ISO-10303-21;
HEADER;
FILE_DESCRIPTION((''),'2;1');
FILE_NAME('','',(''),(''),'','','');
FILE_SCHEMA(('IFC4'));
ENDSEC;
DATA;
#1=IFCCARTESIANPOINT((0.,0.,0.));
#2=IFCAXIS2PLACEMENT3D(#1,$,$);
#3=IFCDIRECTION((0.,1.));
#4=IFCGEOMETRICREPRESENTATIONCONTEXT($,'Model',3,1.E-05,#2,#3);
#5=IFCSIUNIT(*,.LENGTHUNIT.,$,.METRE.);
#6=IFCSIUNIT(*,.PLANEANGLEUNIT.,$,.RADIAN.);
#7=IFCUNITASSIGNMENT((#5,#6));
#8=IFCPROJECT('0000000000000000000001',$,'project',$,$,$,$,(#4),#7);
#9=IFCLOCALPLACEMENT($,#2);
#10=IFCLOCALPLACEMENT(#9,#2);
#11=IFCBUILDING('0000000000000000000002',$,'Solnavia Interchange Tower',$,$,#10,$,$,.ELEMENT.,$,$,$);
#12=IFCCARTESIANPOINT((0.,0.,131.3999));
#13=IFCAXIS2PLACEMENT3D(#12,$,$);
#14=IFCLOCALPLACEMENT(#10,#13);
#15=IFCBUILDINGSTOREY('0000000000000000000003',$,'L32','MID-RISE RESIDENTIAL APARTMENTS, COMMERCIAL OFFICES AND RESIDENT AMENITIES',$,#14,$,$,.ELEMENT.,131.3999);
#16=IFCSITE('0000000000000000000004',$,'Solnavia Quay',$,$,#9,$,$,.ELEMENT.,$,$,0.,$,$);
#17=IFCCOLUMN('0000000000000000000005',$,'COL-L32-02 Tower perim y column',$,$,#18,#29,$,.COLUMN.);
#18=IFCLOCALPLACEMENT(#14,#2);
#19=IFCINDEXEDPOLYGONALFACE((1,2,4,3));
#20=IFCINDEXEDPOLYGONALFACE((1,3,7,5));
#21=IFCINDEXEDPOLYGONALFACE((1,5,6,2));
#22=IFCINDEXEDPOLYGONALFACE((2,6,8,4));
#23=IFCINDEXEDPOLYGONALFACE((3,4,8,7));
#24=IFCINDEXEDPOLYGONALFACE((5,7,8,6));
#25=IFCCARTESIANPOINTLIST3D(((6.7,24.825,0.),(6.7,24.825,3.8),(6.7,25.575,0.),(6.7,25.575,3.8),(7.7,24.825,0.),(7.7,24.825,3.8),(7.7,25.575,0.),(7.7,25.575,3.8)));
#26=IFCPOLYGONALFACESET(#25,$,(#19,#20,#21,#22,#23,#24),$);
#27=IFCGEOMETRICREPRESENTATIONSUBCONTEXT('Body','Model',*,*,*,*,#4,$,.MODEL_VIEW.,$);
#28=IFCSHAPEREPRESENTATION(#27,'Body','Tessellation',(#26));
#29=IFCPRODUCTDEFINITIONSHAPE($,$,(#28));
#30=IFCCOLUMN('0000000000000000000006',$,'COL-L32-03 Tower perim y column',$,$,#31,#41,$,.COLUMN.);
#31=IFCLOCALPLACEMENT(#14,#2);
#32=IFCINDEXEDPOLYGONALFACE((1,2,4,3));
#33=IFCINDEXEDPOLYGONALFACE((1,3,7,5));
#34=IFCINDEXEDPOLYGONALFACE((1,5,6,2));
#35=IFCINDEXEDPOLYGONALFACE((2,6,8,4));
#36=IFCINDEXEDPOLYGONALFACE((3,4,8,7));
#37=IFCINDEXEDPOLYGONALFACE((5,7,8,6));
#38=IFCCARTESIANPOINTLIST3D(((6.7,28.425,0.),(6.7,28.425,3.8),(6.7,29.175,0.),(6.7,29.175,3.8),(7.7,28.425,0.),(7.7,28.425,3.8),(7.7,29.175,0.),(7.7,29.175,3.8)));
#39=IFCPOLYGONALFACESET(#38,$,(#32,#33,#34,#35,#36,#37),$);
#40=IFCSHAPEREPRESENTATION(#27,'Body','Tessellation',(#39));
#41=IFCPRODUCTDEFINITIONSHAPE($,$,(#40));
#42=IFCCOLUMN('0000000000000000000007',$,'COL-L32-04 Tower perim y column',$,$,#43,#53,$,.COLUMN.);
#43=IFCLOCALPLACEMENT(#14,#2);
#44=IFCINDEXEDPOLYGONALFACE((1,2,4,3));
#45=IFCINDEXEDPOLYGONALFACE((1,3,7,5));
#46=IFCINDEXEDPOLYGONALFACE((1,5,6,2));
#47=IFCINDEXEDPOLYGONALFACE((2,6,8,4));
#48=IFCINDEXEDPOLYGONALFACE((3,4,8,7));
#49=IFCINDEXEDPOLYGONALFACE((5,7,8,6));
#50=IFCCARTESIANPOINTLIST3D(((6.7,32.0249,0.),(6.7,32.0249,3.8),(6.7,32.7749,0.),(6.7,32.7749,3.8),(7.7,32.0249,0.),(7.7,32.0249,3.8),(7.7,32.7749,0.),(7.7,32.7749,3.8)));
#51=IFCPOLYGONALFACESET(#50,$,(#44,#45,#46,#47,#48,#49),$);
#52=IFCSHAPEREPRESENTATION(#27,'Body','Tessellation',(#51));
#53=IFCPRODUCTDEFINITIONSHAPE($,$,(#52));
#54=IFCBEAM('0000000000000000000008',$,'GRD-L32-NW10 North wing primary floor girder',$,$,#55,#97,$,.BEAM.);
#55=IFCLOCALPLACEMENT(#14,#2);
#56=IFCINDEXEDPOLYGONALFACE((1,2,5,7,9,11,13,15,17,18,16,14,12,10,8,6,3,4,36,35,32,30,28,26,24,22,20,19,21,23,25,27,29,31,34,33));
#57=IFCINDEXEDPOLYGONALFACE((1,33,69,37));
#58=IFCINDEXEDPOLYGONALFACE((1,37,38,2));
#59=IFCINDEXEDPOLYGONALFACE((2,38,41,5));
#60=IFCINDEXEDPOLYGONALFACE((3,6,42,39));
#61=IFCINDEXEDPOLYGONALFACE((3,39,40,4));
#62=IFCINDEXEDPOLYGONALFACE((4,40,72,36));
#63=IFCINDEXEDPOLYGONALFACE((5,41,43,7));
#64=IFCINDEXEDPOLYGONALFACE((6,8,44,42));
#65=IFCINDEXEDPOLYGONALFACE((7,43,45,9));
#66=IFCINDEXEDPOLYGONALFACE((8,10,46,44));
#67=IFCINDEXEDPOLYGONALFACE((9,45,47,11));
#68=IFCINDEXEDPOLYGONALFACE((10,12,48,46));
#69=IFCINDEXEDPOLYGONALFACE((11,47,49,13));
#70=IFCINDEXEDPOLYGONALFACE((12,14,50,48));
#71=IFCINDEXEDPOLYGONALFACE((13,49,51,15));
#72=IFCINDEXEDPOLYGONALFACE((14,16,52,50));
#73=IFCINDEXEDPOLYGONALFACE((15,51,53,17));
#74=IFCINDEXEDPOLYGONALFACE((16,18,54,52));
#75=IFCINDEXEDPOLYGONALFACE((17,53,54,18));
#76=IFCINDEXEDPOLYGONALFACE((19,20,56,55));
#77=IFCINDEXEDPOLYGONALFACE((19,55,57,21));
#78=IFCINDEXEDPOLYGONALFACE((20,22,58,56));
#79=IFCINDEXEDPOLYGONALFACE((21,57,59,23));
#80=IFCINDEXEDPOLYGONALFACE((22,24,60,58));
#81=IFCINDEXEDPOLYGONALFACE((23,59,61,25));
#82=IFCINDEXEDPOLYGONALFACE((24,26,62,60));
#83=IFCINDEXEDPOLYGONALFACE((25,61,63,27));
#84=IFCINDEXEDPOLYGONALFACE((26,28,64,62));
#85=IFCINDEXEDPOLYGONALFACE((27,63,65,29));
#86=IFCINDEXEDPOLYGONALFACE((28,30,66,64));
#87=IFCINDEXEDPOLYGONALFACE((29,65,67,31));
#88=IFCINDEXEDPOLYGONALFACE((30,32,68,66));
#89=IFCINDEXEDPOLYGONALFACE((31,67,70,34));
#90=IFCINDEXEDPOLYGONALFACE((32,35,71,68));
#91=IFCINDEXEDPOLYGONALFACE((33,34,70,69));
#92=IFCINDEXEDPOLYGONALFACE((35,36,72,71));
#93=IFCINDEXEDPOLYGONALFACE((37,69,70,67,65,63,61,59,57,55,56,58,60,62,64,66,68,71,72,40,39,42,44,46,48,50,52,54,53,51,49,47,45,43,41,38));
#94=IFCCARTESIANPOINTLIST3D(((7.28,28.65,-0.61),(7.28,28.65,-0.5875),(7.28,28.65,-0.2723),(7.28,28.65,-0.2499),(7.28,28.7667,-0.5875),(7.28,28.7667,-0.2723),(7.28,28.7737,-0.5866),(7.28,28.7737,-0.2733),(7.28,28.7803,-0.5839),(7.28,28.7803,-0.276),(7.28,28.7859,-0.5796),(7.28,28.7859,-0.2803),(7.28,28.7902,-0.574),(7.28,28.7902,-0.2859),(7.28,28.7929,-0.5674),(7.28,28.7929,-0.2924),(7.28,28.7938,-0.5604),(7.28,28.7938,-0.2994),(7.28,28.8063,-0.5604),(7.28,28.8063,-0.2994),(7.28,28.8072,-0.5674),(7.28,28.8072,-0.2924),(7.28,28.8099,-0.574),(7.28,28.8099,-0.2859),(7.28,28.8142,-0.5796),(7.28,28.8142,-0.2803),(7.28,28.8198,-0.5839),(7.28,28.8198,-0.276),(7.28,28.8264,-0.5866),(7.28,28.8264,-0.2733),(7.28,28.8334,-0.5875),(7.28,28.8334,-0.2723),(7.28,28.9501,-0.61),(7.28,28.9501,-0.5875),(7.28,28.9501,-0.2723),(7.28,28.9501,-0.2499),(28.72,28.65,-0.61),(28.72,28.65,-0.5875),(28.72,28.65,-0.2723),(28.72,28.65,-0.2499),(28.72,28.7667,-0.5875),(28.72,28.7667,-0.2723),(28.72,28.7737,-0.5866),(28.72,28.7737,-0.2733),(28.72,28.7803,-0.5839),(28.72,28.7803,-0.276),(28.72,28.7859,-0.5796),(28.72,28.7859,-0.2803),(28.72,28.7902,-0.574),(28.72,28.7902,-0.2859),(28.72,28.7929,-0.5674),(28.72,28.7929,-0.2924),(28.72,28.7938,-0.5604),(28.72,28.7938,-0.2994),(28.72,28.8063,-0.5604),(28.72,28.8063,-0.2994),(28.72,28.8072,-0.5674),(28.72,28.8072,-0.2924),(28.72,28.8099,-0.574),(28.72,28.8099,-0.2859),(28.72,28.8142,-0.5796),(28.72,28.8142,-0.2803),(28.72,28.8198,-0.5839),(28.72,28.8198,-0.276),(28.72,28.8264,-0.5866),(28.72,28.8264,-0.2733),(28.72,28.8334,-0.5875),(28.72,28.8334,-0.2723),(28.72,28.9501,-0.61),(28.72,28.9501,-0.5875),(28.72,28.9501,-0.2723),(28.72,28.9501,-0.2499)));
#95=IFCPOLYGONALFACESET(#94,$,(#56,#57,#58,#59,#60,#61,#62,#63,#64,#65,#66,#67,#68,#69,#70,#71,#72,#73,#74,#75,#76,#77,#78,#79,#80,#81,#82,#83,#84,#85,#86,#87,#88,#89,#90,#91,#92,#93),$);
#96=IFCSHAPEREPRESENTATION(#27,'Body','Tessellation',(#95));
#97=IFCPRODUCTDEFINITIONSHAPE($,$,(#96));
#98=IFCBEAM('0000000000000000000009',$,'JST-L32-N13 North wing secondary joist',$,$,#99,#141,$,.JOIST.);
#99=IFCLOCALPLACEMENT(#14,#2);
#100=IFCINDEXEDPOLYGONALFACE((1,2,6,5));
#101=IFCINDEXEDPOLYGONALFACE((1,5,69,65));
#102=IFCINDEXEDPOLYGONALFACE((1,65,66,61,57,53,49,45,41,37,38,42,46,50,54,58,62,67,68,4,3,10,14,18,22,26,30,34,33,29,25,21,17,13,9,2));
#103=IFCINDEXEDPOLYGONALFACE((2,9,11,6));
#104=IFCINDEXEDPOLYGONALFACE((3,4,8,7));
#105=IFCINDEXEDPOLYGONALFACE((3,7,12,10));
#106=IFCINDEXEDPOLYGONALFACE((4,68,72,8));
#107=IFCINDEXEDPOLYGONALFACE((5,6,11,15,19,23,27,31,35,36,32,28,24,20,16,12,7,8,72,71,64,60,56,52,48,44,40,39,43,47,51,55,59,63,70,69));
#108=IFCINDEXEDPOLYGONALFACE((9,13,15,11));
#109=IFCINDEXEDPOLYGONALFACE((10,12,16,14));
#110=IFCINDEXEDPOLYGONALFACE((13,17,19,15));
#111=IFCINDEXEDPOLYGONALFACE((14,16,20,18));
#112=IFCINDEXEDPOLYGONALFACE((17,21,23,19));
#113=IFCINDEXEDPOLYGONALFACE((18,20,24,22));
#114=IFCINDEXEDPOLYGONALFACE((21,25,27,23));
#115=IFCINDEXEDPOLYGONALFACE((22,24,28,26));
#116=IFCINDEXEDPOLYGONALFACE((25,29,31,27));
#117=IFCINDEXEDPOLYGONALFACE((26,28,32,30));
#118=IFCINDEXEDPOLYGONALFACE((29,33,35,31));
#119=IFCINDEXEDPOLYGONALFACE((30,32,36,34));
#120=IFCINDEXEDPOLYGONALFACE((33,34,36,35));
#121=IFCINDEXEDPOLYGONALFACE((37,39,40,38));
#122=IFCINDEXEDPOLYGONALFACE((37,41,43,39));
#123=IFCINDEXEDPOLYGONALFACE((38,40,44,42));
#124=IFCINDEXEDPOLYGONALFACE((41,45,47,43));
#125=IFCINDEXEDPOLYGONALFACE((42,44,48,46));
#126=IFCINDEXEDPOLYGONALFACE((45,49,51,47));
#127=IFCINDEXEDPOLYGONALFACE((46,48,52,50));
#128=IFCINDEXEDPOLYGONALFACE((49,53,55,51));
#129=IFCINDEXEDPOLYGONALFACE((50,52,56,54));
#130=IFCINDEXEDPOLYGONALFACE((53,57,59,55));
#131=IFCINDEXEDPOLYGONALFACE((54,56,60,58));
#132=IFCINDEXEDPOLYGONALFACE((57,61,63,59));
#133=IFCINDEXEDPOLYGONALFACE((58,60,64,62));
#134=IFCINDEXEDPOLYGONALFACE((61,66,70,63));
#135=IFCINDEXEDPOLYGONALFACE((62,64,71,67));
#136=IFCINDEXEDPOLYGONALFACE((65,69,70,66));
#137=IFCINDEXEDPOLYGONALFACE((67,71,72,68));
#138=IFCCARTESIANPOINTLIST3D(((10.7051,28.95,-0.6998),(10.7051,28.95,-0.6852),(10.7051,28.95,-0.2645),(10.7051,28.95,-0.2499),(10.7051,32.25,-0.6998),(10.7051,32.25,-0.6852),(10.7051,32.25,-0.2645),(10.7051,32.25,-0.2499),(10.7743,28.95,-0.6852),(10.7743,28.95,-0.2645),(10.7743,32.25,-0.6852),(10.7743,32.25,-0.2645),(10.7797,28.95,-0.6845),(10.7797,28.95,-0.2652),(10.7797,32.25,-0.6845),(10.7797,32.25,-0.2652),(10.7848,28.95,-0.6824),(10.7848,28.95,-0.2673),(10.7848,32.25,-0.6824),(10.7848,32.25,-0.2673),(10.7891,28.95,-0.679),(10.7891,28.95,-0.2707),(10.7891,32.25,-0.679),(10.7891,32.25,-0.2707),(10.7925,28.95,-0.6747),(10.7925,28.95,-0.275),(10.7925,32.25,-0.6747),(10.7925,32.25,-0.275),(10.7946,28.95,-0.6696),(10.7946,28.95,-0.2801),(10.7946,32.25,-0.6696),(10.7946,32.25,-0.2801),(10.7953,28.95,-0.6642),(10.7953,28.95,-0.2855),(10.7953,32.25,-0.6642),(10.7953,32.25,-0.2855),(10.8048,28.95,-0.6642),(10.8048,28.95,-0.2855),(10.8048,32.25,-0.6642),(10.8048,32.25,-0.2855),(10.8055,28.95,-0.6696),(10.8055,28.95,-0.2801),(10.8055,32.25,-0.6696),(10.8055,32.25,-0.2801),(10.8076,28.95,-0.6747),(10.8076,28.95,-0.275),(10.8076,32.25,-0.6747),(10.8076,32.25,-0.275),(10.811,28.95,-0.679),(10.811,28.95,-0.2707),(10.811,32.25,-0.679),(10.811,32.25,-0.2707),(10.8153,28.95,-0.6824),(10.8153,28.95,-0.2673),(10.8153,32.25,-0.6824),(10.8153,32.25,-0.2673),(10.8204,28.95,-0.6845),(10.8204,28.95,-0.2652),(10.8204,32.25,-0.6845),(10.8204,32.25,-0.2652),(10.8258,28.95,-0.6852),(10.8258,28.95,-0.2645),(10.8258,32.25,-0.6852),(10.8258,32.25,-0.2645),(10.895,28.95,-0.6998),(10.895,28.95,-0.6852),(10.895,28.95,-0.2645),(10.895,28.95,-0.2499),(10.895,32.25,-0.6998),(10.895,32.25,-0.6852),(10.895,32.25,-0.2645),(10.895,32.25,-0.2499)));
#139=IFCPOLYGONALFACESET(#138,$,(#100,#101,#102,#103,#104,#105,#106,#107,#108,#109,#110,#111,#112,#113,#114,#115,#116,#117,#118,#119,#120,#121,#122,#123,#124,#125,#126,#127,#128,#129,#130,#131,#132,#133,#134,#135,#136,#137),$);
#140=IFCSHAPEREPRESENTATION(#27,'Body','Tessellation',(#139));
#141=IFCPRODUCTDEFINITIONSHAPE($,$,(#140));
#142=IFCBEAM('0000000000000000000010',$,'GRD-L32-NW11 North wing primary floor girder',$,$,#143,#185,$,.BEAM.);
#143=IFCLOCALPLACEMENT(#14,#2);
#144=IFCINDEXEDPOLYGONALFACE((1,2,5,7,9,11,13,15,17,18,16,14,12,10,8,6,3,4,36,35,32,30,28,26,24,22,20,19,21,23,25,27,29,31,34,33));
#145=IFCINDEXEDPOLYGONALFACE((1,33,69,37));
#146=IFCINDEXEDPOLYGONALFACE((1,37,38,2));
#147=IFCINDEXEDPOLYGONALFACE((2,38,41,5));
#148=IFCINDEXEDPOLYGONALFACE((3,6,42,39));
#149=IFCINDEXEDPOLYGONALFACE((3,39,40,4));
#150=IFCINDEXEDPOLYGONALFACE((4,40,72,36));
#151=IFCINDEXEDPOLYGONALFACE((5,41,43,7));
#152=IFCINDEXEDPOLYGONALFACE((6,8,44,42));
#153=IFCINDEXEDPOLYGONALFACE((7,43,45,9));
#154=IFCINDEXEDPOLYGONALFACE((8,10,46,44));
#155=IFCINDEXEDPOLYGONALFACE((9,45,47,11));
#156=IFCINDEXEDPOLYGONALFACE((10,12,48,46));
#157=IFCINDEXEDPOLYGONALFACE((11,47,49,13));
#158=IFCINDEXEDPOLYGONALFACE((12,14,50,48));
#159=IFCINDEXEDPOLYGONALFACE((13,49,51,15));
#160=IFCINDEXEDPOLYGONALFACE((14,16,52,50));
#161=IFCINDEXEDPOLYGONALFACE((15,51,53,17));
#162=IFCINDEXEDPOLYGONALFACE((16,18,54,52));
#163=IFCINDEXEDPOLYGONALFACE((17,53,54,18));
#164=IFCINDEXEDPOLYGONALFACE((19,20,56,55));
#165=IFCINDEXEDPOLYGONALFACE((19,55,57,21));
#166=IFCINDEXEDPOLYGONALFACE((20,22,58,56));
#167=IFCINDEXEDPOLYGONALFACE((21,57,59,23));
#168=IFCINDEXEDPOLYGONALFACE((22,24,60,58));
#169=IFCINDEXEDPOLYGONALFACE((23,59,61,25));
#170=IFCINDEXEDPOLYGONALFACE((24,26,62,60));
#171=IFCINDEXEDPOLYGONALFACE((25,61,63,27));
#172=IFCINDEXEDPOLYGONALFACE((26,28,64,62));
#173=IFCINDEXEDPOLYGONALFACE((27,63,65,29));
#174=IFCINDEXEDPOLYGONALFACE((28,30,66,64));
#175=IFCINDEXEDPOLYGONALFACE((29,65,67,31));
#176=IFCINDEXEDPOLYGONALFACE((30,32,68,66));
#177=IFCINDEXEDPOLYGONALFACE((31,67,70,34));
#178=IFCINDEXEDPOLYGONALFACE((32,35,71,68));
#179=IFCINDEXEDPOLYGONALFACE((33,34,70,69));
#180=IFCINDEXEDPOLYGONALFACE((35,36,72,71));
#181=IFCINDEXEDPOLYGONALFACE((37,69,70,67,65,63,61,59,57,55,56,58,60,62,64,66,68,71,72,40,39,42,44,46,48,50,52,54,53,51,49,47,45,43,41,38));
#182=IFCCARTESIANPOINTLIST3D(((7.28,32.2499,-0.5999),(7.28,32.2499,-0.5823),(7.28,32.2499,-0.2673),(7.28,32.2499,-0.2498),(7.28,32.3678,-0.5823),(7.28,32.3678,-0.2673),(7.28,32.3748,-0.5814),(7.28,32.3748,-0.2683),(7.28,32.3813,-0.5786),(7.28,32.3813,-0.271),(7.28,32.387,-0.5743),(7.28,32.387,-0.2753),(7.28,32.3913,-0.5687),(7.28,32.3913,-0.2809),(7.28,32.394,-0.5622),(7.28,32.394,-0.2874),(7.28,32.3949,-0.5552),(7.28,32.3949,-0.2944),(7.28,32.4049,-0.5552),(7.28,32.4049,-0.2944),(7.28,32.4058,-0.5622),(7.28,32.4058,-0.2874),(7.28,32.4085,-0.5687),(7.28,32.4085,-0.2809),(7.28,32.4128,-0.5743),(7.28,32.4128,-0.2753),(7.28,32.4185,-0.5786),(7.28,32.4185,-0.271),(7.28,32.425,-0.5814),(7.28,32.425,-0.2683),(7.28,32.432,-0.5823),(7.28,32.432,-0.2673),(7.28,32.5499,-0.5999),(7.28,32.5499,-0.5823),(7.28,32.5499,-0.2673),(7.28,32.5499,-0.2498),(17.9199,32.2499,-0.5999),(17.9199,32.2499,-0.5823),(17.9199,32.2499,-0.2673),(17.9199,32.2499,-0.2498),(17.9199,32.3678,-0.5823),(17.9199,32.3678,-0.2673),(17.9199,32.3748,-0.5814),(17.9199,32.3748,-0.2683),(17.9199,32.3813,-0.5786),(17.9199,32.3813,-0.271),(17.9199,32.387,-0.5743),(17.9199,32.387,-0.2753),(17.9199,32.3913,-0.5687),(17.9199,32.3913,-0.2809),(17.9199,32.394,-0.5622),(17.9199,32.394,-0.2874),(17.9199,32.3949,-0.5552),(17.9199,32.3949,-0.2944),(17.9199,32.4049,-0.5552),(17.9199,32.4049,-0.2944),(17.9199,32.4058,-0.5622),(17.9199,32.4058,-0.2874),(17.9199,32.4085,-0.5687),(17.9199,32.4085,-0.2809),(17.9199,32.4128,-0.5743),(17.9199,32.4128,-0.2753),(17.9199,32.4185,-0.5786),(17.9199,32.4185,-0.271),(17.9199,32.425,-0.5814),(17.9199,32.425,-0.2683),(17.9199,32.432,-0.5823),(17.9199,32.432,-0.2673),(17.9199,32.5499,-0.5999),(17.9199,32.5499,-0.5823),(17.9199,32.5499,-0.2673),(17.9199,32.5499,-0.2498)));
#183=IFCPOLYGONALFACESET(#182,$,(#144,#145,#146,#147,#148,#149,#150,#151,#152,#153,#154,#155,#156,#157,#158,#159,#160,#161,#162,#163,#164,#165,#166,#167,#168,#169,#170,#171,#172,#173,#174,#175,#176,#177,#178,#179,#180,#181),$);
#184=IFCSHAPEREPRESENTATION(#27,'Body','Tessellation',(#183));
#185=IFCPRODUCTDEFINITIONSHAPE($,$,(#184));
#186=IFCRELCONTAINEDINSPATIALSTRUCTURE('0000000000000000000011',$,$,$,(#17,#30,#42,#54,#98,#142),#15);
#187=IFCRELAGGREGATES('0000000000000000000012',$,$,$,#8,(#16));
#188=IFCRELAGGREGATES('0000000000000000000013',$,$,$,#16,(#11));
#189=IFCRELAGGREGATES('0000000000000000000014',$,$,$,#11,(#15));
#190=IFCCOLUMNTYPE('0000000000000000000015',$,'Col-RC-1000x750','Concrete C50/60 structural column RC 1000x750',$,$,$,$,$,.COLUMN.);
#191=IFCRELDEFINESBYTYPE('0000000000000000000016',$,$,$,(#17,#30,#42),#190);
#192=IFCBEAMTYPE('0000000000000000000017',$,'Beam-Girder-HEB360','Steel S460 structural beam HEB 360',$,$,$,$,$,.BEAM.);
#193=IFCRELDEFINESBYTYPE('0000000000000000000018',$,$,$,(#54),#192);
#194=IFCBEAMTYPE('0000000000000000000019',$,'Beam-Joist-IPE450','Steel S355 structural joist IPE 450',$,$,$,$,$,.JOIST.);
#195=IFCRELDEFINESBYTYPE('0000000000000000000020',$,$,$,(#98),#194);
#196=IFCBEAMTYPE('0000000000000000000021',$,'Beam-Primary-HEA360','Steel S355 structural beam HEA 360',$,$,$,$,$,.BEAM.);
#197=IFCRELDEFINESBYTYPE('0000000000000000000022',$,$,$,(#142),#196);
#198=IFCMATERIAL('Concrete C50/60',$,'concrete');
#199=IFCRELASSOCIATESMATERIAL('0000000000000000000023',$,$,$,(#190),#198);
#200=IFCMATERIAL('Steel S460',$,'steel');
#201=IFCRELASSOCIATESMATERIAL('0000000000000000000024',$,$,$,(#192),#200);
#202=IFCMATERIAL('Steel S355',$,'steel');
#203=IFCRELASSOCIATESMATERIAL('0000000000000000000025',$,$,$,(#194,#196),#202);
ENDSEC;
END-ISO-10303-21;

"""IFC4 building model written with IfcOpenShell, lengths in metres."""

from ifc_helpers import new_model, si_unit, direction, frame, origin, origin_2d, place, context, subcontext, project, spatial, rectangle, i_section, extrude, material, material_profile, profile_set, type_object, element, save


model = new_model("IFC4")

# Units and contexts
model_context = context("Model", 3, precision=1e-05, world=origin(), true_north=direction((0.0, 1.0)))
body_context = subcontext(model_context, "Body", "Model", "MODEL_VIEW")
ifc_project = project(units=[si_unit("LENGTHUNIT", "METRE"), si_unit("PLANEANGLEUNIT", "RADIAN")], contexts=[model_context])

# Site, building, storey
site_placement = place(None, origin())
site = spatial("IfcSite", under=ifc_project, at=site_placement, Name="Solnavia Quay", CompositionType="ELEMENT", RefElevation=0.0)
building_placement = place(site_placement, origin())
building = spatial("IfcBuilding", under=site, at=building_placement, Name="Solnavia Interchange Tower", CompositionType="ELEMENT")
storey_placement = place(building_placement, frame((0.0, 0.0, 131.3999)))
storey = spatial("IfcBuildingStorey", under=building, at=storey_placement, Name="L32", Description="MID-RISE RESIDENTIAL APARTMENTS, COMMERCIAL OFFICES AND RESIDENT AMENITIES", CompositionType="ELEMENT", Elevation=131.3999)

# Columns
ifc_material_1 = material(Name="Concrete C50/60", Category="concrete")
ifc_material_profile_1 = material_profile(ifc_material_1, rectangle(XDim=0.75, YDim=1.0, at=origin_2d()), Name="RC 1000x750")
ifc_profile_set_1 = profile_set([ifc_material_profile_1], Name="Concrete C50/60")
column_type = type_object("IfcColumnType", Name="Col-RC-1000x750", Description="Concrete C50/60 structural column RC 1000x750", PredefinedType="COLUMN", material=ifc_profile_set_1)
for number, where, z_axis, x_axis, name in (
    (1, (7.2, 25.2, 0.0), (0.0, 0.0, 1.0), (0.0, 1.0, 0.0), "COL-L32-02 Tower perim y column"),
    (2, (7.2, 28.8, 0.0), (0.0, 0.0, 1.0), (0.0, 1.0, 0.0), "COL-L32-03 Tower perim y column"),
    (3, (7.2, 32.3999, 0.0), (0.0, 0.0, 1.0), (0.0, 1.0, 0.0), "COL-L32-04 Tower perim y column"),
):
    element("IfcColumn", number, at=place(storey_placement, frame(where, z_axis=z_axis, x_axis=x_axis)), inside=storey, type_object=column_type, Name=name, PredefinedType="COLUMN", context=body_context, shape_type="SweptSolid", body=[
        extrude(rectangle(XDim=0.75, YDim=1.0, at=origin_2d()), origin(), (0.0, 0.0, 1.0), 3.8),
    ])

# Beams
ifc_material_2 = material(Name="Steel S460", Category="steel")
ifc_material_profile_2 = material_profile(ifc_material_2, i_section(OverallWidth=0.3, OverallDepth=0.3601, WebThickness=0.0125, FlangeThickness=0.0225, FilletRadius=0.0271, at=origin_2d()), Name="HEB 360")
ifc_profile_set_2 = profile_set([ifc_material_profile_2], Name="Steel S460")
beam_type_1 = type_object("IfcBeamType", Name="Beam-Girder-HEB360", Description="Steel S460 structural beam HEB 360", PredefinedType="BEAM", material=ifc_profile_set_2)
beam_1_placement = place(storey_placement, frame((7.28, 28.8, -0.4299), z_axis=(1.0, 0.0, 0.0), x_axis=(0.0, 1.0, 0.0)))
element("IfcBeam", 4, at=beam_1_placement, inside=storey, type_object=beam_type_1, Name="GRD-L32-NW10 North wing primary floor girder", PredefinedType="BEAM", context=body_context, shape_type="SweptSolid", body=[
    extrude(i_section(OverallWidth=0.3, OverallDepth=0.3601, WebThickness=0.0125, FlangeThickness=0.0225, FilletRadius=0.0271, at=origin_2d()), origin(), (0.0, 0.0, 1.0), 21.4399),
])
ifc_material_3 = material(Name="Steel S355", Category="steel")
ifc_material_profile_3 = material_profile(ifc_material_3, i_section(OverallWidth=0.1899, OverallDepth=0.45, WebThickness=0.0095, FlangeThickness=0.0146, FilletRadius=0.021, at=origin_2d()), Name="IPE 450")
ifc_profile_set_3 = profile_set([ifc_material_profile_3], Name="Steel S355")
beam_type_2 = type_object("IfcBeamType", Name="Beam-Joist-IPE450", Description="Steel S355 structural joist IPE 450", PredefinedType="JOIST", material=ifc_profile_set_3)
beam_2_placement = place(storey_placement, frame((10.8, 28.95, -0.4749), z_axis=(0.0, 1.0, 0.0), x_axis=(-1.0, 0.0, 0.0)))
element("IfcBeam", 5, at=beam_2_placement, inside=storey, type_object=beam_type_2, Name="JST-L32-N13 North wing secondary joist", PredefinedType="JOIST", context=body_context, shape_type="SweptSolid", body=[
    extrude(i_section(OverallWidth=0.1899, OverallDepth=0.45, WebThickness=0.0095, FlangeThickness=0.0146, FilletRadius=0.021, at=origin_2d()), origin(), (0.0, 0.0, 1.0), 3.3),
])
ifc_material_profile_4 = material_profile(ifc_material_3, i_section(OverallWidth=0.3, OverallDepth=0.3501, WebThickness=0.01, FlangeThickness=0.0176, FilletRadius=0.0271, at=origin_2d()), Name="HEA 360")
ifc_profile_set_4 = profile_set([ifc_material_profile_4], Name="Steel S355")
beam_type_3 = type_object("IfcBeamType", Name="Beam-Primary-HEA360", Description="Steel S355 structural beam HEA 360", PredefinedType="BEAM", material=ifc_profile_set_4)
beam_3_placement = place(storey_placement, frame((7.28, 32.3999, -0.4248), z_axis=(1.0, 0.0, 0.0), x_axis=(0.0, 1.0, 0.0)))
element("IfcBeam", 6, at=beam_3_placement, inside=storey, type_object=beam_type_3, Name="GRD-L32-NW11 North wing primary floor girder", PredefinedType="BEAM", context=body_context, shape_type="SweptSolid", body=[
    extrude(i_section(OverallWidth=0.3, OverallDepth=0.3501, WebThickness=0.01, FlangeThickness=0.0176, FilletRadius=0.0271, at=origin_2d()), origin(), (0.0, 0.0, 1.0), 10.6399),
])

save(model, "model.ifc")
